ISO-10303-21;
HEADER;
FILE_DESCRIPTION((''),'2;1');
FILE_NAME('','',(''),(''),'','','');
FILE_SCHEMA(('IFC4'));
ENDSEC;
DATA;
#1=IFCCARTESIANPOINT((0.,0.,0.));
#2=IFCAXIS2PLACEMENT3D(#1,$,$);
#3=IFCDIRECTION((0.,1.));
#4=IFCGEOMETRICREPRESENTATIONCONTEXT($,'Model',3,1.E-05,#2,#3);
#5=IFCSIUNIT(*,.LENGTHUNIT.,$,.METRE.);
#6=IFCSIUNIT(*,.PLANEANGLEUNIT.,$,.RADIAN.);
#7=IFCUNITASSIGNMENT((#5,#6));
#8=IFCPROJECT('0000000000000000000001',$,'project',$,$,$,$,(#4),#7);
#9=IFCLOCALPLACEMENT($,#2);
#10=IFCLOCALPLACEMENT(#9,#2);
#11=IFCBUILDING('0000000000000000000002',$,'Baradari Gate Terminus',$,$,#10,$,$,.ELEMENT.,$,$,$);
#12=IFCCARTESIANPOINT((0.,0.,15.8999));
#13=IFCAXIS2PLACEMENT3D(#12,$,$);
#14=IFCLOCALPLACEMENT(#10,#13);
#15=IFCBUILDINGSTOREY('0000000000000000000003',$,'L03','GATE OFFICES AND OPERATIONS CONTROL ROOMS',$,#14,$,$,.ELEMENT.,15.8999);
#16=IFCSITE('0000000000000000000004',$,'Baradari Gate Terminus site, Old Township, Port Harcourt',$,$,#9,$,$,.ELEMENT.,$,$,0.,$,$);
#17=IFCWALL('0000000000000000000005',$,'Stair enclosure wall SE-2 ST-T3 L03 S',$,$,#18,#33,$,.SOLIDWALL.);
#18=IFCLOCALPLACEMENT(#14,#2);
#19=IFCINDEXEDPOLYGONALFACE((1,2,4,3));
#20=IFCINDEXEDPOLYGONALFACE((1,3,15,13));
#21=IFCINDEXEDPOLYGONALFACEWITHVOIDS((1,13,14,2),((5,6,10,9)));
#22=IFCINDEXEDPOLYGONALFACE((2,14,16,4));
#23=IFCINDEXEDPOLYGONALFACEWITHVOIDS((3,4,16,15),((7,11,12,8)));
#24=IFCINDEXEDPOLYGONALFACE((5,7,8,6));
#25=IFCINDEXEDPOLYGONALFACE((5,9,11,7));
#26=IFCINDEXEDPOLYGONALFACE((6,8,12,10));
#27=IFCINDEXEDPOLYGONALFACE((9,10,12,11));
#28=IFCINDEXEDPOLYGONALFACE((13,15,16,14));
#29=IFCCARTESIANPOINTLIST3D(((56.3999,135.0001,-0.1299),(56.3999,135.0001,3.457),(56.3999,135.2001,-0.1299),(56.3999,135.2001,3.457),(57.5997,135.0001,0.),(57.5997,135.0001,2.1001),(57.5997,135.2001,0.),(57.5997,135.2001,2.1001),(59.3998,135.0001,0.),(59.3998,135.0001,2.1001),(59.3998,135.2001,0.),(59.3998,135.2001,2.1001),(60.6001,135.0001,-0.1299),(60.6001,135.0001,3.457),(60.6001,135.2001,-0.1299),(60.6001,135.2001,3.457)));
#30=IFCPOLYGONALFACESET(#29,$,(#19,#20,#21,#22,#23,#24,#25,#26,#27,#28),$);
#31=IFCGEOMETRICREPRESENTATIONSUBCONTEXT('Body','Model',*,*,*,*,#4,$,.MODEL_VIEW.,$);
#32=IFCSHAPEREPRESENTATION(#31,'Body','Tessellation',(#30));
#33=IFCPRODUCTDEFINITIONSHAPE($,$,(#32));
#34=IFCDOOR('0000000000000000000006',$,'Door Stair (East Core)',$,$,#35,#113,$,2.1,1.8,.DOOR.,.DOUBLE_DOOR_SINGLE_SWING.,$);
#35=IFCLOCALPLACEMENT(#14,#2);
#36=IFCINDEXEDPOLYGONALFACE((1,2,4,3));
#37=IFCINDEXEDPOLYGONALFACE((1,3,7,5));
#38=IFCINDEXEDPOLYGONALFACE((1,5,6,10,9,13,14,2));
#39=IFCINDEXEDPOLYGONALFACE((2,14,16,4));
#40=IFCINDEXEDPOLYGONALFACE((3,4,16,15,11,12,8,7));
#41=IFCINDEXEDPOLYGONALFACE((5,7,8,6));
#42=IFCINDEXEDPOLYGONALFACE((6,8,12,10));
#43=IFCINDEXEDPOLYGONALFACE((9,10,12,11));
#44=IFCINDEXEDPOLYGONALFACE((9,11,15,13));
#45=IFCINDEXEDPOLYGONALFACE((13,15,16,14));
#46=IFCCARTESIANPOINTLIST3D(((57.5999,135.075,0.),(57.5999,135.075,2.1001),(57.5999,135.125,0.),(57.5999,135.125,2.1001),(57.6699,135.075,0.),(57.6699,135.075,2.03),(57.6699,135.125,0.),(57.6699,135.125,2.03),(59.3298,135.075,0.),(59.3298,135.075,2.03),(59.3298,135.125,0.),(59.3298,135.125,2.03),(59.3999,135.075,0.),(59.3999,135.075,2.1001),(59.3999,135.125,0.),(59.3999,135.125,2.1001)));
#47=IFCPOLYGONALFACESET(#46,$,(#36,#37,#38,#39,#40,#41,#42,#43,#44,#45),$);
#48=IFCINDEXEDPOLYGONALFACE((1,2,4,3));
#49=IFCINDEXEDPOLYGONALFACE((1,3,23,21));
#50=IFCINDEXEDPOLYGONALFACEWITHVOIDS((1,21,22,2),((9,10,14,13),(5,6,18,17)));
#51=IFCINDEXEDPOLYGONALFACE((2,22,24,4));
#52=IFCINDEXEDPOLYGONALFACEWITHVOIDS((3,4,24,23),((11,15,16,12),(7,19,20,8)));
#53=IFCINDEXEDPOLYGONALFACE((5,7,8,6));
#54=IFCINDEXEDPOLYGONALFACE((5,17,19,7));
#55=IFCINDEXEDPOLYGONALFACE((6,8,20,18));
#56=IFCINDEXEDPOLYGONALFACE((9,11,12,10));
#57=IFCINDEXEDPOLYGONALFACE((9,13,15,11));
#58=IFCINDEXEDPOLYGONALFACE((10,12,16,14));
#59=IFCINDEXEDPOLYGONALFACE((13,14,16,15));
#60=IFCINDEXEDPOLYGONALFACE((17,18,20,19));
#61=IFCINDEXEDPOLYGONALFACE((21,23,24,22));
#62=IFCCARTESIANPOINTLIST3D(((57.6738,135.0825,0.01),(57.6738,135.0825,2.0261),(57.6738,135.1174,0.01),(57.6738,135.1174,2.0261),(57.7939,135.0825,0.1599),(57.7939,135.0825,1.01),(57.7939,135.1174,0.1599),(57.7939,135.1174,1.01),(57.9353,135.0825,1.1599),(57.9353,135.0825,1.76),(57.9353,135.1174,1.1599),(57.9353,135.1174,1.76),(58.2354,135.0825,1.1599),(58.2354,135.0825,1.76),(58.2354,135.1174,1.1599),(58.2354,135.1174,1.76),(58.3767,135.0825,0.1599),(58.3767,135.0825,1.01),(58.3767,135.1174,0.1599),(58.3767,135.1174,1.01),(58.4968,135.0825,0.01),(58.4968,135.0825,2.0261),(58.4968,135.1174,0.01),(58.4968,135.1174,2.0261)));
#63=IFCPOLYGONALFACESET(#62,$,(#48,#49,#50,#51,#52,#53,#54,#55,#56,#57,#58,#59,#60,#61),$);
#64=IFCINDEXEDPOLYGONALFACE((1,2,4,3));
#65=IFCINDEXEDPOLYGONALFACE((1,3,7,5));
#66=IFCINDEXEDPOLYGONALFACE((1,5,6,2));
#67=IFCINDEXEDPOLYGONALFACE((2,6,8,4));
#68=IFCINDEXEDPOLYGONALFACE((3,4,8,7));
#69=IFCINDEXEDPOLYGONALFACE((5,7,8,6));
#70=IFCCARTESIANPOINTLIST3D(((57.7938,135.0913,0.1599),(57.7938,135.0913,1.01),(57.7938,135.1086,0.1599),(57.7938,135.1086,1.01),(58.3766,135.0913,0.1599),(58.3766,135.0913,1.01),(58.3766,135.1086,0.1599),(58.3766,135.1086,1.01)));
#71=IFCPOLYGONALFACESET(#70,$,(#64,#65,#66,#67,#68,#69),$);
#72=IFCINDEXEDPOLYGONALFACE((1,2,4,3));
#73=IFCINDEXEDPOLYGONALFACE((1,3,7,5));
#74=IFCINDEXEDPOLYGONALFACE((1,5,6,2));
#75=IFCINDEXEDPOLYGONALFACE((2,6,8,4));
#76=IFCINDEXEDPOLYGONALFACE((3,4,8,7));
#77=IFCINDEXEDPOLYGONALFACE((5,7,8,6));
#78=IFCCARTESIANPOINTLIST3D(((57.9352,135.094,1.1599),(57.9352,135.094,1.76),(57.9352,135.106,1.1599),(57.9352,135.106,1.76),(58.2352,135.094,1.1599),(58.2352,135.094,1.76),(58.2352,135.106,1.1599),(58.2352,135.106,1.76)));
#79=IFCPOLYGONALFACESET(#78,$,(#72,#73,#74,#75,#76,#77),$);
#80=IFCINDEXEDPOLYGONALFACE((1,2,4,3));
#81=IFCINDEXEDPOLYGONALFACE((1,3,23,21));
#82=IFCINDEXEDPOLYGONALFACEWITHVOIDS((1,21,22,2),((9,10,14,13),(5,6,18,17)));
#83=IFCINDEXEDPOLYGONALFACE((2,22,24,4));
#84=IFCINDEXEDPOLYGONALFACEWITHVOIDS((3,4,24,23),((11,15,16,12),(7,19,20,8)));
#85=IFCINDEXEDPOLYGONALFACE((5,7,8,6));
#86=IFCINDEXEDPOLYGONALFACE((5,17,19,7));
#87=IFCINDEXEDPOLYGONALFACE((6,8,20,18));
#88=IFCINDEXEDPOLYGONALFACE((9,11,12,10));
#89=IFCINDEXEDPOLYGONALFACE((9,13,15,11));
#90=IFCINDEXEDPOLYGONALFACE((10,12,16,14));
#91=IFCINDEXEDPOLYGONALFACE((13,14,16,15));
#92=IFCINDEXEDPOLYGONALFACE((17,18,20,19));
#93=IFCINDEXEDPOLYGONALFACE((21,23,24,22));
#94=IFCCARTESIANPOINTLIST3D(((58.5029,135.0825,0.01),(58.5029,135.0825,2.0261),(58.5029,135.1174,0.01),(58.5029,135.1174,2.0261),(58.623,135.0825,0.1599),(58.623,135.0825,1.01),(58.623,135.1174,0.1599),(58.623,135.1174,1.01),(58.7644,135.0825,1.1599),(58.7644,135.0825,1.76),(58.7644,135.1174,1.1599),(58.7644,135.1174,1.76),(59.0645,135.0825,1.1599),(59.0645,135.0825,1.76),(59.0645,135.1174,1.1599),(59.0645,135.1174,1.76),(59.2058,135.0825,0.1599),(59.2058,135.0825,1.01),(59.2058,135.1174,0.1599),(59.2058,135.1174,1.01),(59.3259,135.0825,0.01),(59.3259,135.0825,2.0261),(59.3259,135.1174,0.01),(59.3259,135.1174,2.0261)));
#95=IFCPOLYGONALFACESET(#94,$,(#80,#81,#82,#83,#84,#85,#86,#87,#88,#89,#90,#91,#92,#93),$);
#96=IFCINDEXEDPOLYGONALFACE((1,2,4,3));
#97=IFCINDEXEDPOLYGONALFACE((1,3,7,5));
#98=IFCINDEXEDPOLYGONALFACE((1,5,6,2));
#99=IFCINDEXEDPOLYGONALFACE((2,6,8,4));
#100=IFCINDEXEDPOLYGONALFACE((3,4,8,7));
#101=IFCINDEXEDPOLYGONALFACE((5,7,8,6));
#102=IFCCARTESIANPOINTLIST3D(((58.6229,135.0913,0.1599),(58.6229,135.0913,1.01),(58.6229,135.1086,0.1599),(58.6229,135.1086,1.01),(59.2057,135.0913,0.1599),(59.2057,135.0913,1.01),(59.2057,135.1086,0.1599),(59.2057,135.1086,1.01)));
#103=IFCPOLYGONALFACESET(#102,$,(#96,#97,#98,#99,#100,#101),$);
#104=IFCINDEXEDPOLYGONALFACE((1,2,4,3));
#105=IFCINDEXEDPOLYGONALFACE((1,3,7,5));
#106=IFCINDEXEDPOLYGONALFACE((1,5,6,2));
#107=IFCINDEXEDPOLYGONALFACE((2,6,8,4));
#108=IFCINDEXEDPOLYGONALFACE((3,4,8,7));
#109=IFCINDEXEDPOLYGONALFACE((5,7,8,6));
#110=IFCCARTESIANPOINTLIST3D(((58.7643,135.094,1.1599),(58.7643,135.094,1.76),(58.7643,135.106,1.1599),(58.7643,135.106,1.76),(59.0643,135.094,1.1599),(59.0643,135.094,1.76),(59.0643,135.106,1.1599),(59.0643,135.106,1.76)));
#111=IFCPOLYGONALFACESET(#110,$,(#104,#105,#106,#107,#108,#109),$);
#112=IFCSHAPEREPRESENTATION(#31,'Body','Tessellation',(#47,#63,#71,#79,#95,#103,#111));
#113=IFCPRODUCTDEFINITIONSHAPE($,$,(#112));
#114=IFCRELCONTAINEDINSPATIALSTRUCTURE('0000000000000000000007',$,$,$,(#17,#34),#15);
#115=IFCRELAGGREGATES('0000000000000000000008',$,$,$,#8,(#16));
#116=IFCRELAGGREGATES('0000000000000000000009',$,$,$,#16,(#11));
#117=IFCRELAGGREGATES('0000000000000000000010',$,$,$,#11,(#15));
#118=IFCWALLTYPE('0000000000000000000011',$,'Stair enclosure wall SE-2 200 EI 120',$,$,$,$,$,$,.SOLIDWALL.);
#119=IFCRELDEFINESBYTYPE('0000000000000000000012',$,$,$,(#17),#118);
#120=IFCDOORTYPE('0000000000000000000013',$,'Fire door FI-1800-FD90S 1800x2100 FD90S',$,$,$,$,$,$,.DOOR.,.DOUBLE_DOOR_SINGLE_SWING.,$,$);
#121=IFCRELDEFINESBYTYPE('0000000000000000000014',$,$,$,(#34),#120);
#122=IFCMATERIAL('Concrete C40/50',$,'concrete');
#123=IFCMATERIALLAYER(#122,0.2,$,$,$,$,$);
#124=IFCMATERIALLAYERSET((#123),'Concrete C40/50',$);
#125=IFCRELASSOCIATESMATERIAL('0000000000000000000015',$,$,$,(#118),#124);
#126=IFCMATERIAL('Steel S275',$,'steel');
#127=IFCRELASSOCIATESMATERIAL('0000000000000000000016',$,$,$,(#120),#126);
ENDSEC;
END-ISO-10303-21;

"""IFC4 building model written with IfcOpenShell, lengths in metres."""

from ifc_helpers import new_model, si_unit, direction, frame, frame_2d, origin, place, context, subcontext, project, spatial, polyline, rectangle, outline, extrude, material, layer, layer_set, type_object, element, fill, save


model = new_model("IFC4")

# Units and contexts
model_context = context("Model", 3, precision=1e-05, world=origin(), true_north=direction((0.0, 1.0)))
body_context = subcontext(model_context, "Body", "Model", "MODEL_VIEW")
ifc_project = project(units=[si_unit("LENGTHUNIT", "METRE"), si_unit("PLANEANGLEUNIT", "RADIAN")], contexts=[model_context])

# Site, building, storey
site_placement = place(None, origin())
site = spatial("IfcSite", under=ifc_project, at=site_placement, Name="Baradari Gate Terminus site, Old Township, Port Harcourt", CompositionType="ELEMENT", RefElevation=0.0)
building_placement = place(site_placement, origin())
building = spatial("IfcBuilding", under=site, at=building_placement, Name="Baradari Gate Terminus", CompositionType="ELEMENT")
storey_placement = place(building_placement, frame((0.0, 0.0, 15.8999)))
storey = spatial("IfcBuildingStorey", under=building, at=storey_placement, Name="L03", Description="GATE OFFICES AND OPERATIONS CONTROL ROOMS", CompositionType="ELEMENT", Elevation=15.8999)

# Wall, opening, door
ifc_material_1 = material(Name="Concrete C40/50", Category="concrete")
ifc_layer_1 = layer(ifc_material_1, 0.2)
ifc_layer_set_1 = layer_set([ifc_layer_1], Name="Concrete C40/50")
wall_type_1 = type_object("IfcWallType", Name="Stair enclosure wall SE-2 200 EI 120", PredefinedType="SOLIDWALL", material=ifc_layer_set_1)
wall_1_placement = place(storey_placement, frame((56.3999, 135.1001, -0.1299), z_axis=(0.0, 0.0, 1.0), x_axis=(1.0, 0.0, 0.0)))
wall_1 = element("IfcWall", 1, at=wall_1_placement, inside=storey, type_object=wall_type_1, Name="Stair enclosure wall SE-2 ST-T3 L03 S", PredefinedType="SOLIDWALL", context=body_context, shape_type="SweptSolid", body=[
    extrude(rectangle(XDim=4.2002, YDim=0.2, at=frame_2d((2.1001, 0.0))), origin(), (0.0, 0.0, 1.0), 3.5869),
])
opening_1_placement = place(wall_1_placement, frame((1.2, 0.0, 0.1299)))
opening_1 = element("IfcOpeningElement", 2, at=opening_1_placement, cuts=wall_1, PredefinedType="OPENING", context=body_context, shape_type="SweptSolid", body=[
    extrude(rectangle(XDim=1.8, YDim=2.1001, at=frame_2d((0.8999, 1.05))), frame((0.0, 0.1099, 0.0), z_axis=(0.0, -1.0, 0.0), x_axis=(1.0, 0.0, 0.0)), (0.0, 0.0, 1.0), 0.22),
])
ifc_material_2 = material(Name="Steel S275", Category="steel")
door_type_1 = type_object("IfcDoorType", Name="Fire door FI-1800-FD90S 1800x2100 FD90S", OperationType="DOUBLE_DOOR_SINGLE_SWING", PredefinedType="DOOR", material=ifc_material_2)
door_1_placement = place(opening_1_placement, origin())
door_1 = element("IfcDoor", 3, at=door_1_placement, inside=storey, type_object=door_type_1, Name="Door Stair (East Core)", OperationType="DOUBLE_DOOR_SINGLE_SWING", OverallHeight=2.1, OverallWidth=1.8, PredefinedType="DOOR", context=body_context, shape_type="SweptSolid", body=[
    extrude(outline(polyline([(0.0, 0.0), (0.0701, 0.0), (0.0701, 2.03), (1.73, 2.03), (1.73, 0.0), (1.8, 0.0), (1.8, 2.1001), (0.0, 2.1001), (0.0, 0.0)])), frame((0.0, 0.0249, 0.0), z_axis=(0.0, -1.0, 0.0), x_axis=(1.0, 0.0, 0.0)), (0.0, 0.0, 1.0), 0.05),
    extrude(outline(polyline([(0.074, 0.01), (0.897, 0.01), (0.897, 2.0261), (0.074, 2.0261), (0.074, 0.01)]), holes=[polyline([(0.1941, 0.1599), (0.7769, 0.1599), (0.7769, 1.01), (0.1941, 1.01), (0.1941, 0.1599)]), polyline([(0.3354, 1.1599), (0.6355, 1.1599), (0.6355, 1.76), (0.3354, 1.76), (0.3354, 1.1599)])]), frame((0.0, 0.0173, 0.0), z_axis=(0.0, -1.0, 0.0), x_axis=(1.0, 0.0, 0.0)), (0.0, 0.0, 1.0), 0.0349),
    extrude(rectangle(XDim=0.5828, YDim=0.8501, at=frame_2d((0.4854, 0.585))), frame((0.0, 0.0085, 0.0), z_axis=(0.0, -1.0, 0.0), x_axis=(1.0, 0.0, 0.0)), (0.0, 0.0, 1.0), 0.0173),
    extrude(rectangle(XDim=0.3, YDim=0.6001, at=frame_2d((0.4854, 1.46))), frame((0.0, 0.0059, 0.0), z_axis=(0.0, -1.0, 0.0), x_axis=(1.0, 0.0, 0.0)), (0.0, 0.0, 1.0), 0.012),
    extrude(outline(polyline([(0.9031, 0.01), (1.7261, 0.01), (1.7261, 2.0261), (0.9031, 2.0261), (0.9031, 0.01)]), holes=[polyline([(1.0232, 0.1599), (1.606, 0.1599), (1.606, 1.01), (1.0232, 1.01), (1.0232, 0.1599)]), polyline([(1.1646, 1.1599), (1.4646, 1.1599), (1.4646, 1.76), (1.1646, 1.76), (1.1646, 1.1599)])]), frame((0.0, 0.0173, 0.0), z_axis=(0.0, -1.0, 0.0), x_axis=(1.0, 0.0, 0.0)), (0.0, 0.0, 1.0), 0.0349),
    extrude(rectangle(XDim=0.5828, YDim=0.8501, at=frame_2d((1.3145, 0.585))), frame((0.0, 0.0085, 0.0), z_axis=(0.0, -1.0, 0.0), x_axis=(1.0, 0.0, 0.0)), (0.0, 0.0, 1.0), 0.0173),
    extrude(rectangle(XDim=0.3, YDim=0.6001, at=frame_2d((1.3145, 1.46))), frame((0.0, 0.0059, 0.0), z_axis=(0.0, -1.0, 0.0), x_axis=(1.0, 0.0, 0.0)), (0.0, 0.0, 1.0), 0.012),
])
fill(opening_1, door_1)

save(model, "model.ifc")
